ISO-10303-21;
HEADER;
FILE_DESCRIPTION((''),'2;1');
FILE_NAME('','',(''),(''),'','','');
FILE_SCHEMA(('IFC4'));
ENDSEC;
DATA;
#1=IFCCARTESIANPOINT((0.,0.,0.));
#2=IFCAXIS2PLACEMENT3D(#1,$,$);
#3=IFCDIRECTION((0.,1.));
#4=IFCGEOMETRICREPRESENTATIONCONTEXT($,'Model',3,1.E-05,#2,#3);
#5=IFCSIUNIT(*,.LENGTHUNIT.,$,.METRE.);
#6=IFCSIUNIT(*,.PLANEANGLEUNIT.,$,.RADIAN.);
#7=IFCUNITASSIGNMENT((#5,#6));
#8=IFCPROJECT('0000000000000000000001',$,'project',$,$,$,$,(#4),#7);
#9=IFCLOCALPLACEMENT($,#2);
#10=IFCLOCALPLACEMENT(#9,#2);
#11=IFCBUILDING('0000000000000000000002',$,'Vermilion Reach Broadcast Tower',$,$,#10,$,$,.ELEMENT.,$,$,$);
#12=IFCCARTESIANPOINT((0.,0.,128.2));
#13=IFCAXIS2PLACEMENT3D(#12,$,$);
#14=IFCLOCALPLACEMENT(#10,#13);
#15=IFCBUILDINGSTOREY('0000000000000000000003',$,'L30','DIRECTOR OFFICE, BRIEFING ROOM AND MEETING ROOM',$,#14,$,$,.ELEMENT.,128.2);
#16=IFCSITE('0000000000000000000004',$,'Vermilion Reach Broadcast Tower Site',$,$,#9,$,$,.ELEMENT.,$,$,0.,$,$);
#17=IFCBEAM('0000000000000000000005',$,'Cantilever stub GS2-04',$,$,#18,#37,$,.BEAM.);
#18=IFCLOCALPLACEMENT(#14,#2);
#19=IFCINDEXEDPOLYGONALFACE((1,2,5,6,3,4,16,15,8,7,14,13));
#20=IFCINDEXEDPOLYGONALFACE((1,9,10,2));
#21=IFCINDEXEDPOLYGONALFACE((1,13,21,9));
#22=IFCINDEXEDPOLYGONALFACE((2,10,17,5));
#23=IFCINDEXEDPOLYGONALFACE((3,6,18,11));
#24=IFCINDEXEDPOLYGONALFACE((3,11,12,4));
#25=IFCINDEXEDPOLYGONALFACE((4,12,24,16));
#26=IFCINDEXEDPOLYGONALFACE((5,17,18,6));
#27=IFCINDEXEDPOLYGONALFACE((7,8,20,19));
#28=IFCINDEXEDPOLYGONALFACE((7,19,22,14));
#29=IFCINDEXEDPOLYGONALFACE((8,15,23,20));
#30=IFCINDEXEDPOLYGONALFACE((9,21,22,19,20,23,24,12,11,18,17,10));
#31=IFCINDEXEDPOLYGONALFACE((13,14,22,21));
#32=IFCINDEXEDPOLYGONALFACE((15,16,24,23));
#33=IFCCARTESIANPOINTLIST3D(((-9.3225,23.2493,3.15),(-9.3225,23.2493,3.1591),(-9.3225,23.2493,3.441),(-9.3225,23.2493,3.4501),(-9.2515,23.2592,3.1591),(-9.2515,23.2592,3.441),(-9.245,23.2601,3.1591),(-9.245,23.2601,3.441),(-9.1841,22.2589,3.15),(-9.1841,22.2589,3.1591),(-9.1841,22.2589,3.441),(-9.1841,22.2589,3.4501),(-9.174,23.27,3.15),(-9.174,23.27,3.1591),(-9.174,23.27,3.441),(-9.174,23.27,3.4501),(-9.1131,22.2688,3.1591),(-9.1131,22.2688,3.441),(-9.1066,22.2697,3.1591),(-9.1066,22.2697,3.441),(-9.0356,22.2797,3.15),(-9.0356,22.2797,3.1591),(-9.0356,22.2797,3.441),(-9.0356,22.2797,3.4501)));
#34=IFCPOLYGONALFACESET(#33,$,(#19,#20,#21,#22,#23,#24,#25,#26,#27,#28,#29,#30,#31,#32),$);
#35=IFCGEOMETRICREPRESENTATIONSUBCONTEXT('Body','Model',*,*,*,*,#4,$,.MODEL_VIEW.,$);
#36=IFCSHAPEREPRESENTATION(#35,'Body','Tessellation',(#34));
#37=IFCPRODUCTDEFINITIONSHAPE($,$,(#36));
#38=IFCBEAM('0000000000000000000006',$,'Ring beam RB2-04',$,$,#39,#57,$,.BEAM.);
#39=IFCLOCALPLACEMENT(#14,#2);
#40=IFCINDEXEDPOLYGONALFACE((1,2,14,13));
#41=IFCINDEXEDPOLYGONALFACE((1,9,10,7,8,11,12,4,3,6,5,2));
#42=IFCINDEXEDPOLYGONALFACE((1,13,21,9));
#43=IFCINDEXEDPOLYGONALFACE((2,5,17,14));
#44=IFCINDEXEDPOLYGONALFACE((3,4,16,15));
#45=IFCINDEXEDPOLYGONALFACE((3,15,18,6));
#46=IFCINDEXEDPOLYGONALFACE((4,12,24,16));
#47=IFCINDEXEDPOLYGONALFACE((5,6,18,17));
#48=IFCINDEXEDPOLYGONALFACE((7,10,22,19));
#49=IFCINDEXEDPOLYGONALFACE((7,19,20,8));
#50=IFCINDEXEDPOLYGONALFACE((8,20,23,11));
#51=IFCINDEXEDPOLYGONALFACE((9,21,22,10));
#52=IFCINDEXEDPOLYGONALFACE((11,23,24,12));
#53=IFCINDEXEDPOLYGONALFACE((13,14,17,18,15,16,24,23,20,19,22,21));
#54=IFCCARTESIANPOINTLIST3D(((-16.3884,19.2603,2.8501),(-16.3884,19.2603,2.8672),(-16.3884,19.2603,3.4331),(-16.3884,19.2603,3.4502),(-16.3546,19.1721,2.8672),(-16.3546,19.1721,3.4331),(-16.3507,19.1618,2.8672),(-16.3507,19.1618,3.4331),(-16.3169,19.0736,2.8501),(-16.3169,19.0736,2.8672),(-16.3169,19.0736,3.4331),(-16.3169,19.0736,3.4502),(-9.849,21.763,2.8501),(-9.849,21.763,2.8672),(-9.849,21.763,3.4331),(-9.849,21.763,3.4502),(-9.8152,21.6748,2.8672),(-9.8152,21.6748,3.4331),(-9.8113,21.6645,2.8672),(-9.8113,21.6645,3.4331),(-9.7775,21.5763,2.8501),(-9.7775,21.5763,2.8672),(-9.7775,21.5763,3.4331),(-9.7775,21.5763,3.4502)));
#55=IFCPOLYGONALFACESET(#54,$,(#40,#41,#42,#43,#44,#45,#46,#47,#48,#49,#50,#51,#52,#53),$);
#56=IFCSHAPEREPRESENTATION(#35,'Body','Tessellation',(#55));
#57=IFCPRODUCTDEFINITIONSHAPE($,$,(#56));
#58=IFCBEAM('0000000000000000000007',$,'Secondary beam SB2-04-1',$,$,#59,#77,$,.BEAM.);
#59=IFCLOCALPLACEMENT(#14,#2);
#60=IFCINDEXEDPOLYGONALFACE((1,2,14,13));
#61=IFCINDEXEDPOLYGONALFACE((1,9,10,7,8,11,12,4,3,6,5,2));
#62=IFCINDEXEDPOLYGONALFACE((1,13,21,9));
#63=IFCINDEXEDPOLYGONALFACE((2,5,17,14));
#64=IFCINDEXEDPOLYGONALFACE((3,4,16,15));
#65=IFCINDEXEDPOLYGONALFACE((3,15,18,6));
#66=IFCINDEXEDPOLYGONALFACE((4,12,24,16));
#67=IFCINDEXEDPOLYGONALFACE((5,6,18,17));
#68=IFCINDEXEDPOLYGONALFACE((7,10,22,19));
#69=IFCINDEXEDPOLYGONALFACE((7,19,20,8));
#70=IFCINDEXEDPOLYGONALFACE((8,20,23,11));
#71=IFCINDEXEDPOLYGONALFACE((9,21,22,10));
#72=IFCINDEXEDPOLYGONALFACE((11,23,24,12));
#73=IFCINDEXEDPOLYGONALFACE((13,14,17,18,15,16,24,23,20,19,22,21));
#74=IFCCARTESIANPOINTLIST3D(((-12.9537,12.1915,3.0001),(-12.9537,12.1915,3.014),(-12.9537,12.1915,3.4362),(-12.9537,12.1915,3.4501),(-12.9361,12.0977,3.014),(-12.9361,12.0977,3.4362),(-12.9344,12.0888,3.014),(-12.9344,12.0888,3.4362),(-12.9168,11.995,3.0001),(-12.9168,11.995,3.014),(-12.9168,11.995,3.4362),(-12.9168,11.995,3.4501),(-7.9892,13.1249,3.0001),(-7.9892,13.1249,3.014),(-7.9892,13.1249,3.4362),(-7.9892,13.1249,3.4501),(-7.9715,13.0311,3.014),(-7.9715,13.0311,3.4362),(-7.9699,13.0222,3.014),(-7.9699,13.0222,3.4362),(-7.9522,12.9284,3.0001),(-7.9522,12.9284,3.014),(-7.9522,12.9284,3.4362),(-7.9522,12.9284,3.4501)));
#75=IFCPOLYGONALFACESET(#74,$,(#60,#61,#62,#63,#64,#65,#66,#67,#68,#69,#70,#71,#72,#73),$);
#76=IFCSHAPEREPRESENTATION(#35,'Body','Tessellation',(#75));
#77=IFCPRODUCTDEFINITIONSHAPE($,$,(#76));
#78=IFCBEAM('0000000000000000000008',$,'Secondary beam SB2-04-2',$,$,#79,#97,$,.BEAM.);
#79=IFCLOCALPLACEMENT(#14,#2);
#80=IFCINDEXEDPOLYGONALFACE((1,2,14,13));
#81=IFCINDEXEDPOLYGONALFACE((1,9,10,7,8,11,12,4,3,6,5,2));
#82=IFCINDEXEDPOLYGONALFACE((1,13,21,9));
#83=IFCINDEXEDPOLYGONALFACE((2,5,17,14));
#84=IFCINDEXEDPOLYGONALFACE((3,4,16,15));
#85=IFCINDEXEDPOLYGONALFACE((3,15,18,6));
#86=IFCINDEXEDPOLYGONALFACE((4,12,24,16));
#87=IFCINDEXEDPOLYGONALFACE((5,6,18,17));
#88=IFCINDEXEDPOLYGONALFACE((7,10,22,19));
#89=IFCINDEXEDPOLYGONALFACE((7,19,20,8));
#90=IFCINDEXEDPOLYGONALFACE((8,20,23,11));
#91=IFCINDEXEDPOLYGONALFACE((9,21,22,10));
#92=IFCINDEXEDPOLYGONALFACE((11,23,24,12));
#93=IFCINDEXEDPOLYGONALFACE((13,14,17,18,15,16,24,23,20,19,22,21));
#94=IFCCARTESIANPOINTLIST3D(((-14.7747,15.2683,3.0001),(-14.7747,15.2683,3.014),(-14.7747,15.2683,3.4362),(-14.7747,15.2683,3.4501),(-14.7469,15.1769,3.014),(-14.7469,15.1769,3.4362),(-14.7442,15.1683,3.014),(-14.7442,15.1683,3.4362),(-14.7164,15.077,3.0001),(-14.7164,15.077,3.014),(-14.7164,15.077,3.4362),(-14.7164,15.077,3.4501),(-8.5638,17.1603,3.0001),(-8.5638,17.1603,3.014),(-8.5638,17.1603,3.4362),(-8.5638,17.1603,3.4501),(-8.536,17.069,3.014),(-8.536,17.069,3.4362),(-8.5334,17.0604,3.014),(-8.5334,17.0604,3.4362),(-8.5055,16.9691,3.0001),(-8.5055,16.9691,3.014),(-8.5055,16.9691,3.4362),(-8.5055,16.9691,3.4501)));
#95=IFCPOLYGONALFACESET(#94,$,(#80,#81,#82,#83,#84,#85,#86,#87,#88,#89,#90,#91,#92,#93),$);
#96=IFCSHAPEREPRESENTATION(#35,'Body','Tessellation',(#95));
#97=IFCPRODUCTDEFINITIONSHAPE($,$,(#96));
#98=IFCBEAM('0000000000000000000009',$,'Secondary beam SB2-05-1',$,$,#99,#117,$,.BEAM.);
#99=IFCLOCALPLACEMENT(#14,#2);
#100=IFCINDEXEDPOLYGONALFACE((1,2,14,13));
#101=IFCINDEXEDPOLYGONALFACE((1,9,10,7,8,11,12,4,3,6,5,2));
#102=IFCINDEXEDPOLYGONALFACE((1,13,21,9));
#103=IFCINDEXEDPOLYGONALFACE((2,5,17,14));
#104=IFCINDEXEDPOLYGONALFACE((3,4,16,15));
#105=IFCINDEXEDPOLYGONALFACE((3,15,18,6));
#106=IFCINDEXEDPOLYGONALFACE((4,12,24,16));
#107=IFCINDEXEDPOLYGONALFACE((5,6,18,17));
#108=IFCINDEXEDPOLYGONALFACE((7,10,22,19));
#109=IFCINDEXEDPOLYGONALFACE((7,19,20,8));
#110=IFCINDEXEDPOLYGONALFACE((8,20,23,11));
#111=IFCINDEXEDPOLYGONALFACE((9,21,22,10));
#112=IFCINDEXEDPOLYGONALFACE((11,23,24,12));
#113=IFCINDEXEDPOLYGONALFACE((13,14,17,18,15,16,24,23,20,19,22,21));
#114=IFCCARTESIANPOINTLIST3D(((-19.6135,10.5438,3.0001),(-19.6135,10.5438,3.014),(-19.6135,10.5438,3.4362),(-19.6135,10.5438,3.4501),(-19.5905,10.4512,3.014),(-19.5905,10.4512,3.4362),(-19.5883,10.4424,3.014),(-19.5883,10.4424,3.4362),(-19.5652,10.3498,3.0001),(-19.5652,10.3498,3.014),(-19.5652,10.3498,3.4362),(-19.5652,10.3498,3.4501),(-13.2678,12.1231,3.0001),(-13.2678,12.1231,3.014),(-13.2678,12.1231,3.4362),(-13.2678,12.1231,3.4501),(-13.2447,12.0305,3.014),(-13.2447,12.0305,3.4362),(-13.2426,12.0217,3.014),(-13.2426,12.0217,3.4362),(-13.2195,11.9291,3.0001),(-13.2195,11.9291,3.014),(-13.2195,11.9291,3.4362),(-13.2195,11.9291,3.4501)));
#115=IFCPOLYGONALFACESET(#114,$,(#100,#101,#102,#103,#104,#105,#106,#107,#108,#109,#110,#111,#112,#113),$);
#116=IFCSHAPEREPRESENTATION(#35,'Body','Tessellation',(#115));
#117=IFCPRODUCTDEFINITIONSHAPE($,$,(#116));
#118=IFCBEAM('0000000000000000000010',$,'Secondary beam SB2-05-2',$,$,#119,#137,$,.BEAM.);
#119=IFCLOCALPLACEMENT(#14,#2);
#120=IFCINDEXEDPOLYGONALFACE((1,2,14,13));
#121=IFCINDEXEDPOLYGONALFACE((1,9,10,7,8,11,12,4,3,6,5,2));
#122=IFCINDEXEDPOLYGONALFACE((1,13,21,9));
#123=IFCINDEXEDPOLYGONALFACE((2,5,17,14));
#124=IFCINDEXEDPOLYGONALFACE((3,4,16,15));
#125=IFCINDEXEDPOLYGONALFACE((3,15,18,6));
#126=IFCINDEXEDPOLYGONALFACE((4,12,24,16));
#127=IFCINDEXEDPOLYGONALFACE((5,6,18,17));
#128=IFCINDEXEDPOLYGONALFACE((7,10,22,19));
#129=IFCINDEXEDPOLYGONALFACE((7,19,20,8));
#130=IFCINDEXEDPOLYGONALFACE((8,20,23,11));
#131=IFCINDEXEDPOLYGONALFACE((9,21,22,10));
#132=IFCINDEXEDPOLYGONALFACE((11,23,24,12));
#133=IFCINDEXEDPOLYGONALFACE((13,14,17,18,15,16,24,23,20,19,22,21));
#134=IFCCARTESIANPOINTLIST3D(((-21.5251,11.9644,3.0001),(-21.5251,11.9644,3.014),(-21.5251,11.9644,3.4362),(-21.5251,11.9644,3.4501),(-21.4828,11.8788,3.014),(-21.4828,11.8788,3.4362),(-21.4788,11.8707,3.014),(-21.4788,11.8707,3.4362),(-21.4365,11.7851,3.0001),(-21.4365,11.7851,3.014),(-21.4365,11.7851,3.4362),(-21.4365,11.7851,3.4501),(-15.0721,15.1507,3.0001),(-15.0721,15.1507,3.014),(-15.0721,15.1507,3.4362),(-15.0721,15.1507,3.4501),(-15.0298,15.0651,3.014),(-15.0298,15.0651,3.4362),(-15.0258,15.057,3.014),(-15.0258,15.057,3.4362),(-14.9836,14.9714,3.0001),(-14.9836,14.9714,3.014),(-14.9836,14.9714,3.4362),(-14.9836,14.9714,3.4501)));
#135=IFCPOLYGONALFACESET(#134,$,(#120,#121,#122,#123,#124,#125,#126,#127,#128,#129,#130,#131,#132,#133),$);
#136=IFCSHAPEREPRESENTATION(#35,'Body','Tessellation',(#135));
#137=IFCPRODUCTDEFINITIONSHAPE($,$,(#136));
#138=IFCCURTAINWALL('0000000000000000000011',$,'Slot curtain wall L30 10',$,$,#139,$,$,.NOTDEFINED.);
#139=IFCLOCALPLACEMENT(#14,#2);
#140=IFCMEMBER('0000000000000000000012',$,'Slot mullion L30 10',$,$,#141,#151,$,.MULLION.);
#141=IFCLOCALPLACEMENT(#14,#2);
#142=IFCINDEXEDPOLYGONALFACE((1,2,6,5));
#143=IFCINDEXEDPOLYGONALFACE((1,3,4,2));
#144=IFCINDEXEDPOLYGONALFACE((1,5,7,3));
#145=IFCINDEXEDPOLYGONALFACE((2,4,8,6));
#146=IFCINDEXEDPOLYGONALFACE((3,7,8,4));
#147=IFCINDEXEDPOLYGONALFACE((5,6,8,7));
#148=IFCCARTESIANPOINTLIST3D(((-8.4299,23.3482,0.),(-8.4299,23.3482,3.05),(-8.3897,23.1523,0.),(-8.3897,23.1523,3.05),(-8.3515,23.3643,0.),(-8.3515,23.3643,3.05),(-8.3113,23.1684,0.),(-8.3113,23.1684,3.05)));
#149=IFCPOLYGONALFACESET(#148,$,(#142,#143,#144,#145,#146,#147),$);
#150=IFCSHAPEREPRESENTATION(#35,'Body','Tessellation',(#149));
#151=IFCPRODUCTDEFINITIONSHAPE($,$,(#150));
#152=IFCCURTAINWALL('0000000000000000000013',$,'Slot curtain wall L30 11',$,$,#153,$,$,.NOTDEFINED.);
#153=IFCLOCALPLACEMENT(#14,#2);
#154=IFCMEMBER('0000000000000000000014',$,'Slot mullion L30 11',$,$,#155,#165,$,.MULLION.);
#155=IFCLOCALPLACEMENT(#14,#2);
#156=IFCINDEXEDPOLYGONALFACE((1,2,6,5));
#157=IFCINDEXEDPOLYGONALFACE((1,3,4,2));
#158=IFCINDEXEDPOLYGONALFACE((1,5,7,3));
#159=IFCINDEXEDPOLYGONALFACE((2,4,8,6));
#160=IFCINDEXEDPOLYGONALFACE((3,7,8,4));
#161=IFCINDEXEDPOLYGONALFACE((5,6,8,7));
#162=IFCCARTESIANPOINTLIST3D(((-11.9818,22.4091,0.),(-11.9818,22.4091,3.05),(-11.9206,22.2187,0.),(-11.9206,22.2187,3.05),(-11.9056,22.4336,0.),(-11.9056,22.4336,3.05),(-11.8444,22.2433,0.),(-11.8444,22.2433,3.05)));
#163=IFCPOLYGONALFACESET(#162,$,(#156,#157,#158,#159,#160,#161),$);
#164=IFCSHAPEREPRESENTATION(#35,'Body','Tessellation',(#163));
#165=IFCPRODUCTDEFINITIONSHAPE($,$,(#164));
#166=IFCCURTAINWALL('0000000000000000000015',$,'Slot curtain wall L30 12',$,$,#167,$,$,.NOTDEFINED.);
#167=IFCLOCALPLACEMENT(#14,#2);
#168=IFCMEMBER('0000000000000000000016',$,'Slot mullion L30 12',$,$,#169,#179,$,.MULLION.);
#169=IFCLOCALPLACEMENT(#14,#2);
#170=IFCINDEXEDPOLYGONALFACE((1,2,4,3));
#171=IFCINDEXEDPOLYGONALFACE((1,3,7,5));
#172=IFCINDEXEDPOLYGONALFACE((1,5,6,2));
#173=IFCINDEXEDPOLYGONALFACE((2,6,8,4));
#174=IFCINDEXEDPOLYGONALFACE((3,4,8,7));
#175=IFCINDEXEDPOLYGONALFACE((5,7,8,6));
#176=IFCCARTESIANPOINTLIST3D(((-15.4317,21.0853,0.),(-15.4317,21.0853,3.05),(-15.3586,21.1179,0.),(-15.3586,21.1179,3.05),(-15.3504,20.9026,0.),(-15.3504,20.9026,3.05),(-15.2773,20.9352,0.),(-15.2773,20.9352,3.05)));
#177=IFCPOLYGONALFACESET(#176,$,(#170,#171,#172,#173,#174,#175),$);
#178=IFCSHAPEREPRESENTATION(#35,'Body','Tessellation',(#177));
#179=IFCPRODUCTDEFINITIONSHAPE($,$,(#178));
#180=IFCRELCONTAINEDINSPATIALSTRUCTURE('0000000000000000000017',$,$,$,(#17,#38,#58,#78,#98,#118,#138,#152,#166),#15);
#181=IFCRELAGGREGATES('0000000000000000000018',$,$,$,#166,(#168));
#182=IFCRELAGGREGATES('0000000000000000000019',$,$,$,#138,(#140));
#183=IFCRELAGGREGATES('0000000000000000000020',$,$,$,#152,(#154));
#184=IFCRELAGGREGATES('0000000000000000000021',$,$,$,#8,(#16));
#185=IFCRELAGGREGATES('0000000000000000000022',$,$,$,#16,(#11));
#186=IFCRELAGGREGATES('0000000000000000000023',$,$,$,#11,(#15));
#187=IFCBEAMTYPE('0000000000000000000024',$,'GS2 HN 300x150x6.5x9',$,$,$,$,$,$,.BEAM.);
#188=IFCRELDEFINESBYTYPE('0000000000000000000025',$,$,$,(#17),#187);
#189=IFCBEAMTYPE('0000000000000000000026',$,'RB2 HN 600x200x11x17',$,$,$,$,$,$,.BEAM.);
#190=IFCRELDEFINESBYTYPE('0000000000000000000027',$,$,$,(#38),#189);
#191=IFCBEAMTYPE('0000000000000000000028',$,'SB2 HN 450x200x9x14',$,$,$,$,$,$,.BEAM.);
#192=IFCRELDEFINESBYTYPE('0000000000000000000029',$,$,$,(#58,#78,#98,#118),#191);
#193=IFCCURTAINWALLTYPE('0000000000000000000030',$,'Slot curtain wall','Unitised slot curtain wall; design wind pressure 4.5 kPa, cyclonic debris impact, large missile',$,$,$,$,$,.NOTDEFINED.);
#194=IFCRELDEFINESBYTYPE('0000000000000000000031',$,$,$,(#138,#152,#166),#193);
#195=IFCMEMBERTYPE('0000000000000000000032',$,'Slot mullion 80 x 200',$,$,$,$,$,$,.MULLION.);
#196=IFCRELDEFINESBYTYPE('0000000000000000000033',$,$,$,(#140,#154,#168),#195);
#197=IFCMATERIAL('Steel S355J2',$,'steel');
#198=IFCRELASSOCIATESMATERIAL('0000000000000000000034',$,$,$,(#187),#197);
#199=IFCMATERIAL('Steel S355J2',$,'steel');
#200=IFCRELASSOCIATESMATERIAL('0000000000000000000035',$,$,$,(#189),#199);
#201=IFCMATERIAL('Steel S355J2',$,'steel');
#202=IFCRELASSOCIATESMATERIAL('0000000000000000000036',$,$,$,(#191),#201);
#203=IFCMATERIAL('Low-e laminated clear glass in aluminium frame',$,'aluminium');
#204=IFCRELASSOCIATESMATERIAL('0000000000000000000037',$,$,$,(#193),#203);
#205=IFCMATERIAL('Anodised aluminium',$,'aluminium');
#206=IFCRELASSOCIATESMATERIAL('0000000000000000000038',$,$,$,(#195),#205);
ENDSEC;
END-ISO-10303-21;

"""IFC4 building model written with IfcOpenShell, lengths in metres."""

from ifc_helpers import new_model, si_unit, direction, frame, origin, origin_2d, place, context, subcontext, project, spatial, rectangle, i_section, extrude, material, material_profile, profile_set, type_object, element, aggregate, save


model = new_model("IFC4")

# Units and contexts
model_context = context("Model", 3, precision=1e-05, world=origin(), true_north=direction((0.0, 1.0)))
body_context = subcontext(model_context, "Body", "Model", "MODEL_VIEW")
ifc_project = project(units=[si_unit("LENGTHUNIT", "METRE"), si_unit("PLANEANGLEUNIT", "RADIAN")], contexts=[model_context])

# Site, building, storey
site_placement = place(None, origin())
site = spatial("IfcSite", under=ifc_project, at=site_placement, Name="Vermilion Reach Broadcast Tower Site", CompositionType="ELEMENT", RefElevation=0.0)
building_placement = place(site_placement, origin())
building = spatial("IfcBuilding", under=site, at=building_placement, Name="Vermilion Reach Broadcast Tower", CompositionType="ELEMENT")
storey_placement = place(building_placement, frame((0.0, 0.0, 128.2)))
storey = spatial("IfcBuildingStorey", under=building, at=storey_placement, Name="L30", Description="DIRECTOR OFFICE, BRIEFING ROOM AND MEETING ROOM", CompositionType="ELEMENT", Elevation=128.2)

# Beams
ifc_material_1 = material(Name="Steel S355J2", Category="steel")
ifc_material_profile_1 = material_profile(ifc_material_1, i_section(OverallWidth=0.1499, OverallDepth=0.3, WebThickness=0.0066, FlangeThickness=0.009, at=origin_2d()), Name="S355J2 HN 300x150x6.5x9")
ifc_profile_set_1 = profile_set([ifc_material_profile_1], Name="Steel S355J2")
beam_type_1 = type_object("IfcBeamType", Name="GS2 HN 300x150x6.5x9", PredefinedType="BEAM", material=ifc_profile_set_1)
beam_1_placement = place(storey_placement, frame((-9.1099, 22.2693, 3.3), z_axis=(-0.138413, 0.990375, 0.0), x_axis=(-0.990375, -0.138413, 0.0)))
element("IfcBeam", 1, at=beam_1_placement, inside=storey, type_object=beam_type_1, Name="Cantilever stub GS2-04", PredefinedType="BEAM", context=body_context, shape_type="SweptSolid", body=[
    extrude(i_section(OverallWidth=0.1499, OverallDepth=0.3, WebThickness=0.0066, FlangeThickness=0.009, at=origin_2d()), origin(), (0.0, 0.0, 1.0), 1.0),
])
ifc_material_2 = material(Name="Steel S355J2", Category="steel")
ifc_material_profile_2 = material_profile(ifc_material_2, i_section(OverallWidth=0.2, OverallDepth=0.6001, WebThickness=0.011, FlangeThickness=0.0171, at=origin_2d()), Name="S355J2 HN 600x200x11x17")
ifc_profile_set_2 = profile_set([ifc_material_profile_2], Name="Steel S355J2")
beam_type_2 = type_object("IfcBeamType", Name="RB2 HN 600x200x11x17", PredefinedType="BEAM", material=ifc_profile_set_2)
beam_2_placement = place(storey_placement, frame((-9.8132, 21.6697, 3.1501), z_axis=(-0.933939, -0.357432, 0.0), x_axis=(0.357432, -0.933939, 0.0)))
element("IfcBeam", 2, at=beam_2_placement, inside=storey, type_object=beam_type_2, Name="Ring beam RB2-04", PredefinedType="BEAM", context=body_context, shape_type="SweptSolid", body=[
    extrude(i_section(OverallWidth=0.2, OverallDepth=0.6001, WebThickness=0.011, FlangeThickness=0.0171, at=origin_2d()), origin(), (0.0, 0.0, 1.0), 7.002),
])
ifc_material_3 = material(Name="Steel S355J2", Category="steel")
ifc_material_profile_3 = material_profile(ifc_material_3, i_section(OverallWidth=0.2, OverallDepth=0.45, WebThickness=0.009, FlangeThickness=0.0139, at=origin_2d()), Name="S355J2 HN 450x200x9x14")
ifc_profile_set_3 = profile_set([ifc_material_profile_3], Name="Steel S355J2")
beam_type_3 = type_object("IfcBeamType", Name="SB2 HN 450x200x9x14", PredefinedType="BEAM", material=ifc_profile_set_3)
beam_3_placement = place(storey_placement, frame((-7.9707, 13.0266, 3.2251), z_axis=(-0.982783, -0.184764, 0.0), x_axis=(0.184764, -0.982783, 0.0)))
element("IfcBeam", 3, at=beam_3_placement, inside=storey, type_object=beam_type_3, Name="Secondary beam SB2-04-1", PredefinedType="BEAM", context=body_context, shape_type="SweptSolid", body=[
    extrude(i_section(OverallWidth=0.2, OverallDepth=0.45, WebThickness=0.009, FlangeThickness=0.0139, at=origin_2d()), origin(), (0.0, 0.0, 1.0), 5.0515),
])
beam_4_placement = place(storey_placement, frame((-8.5347, 17.0647, 3.2251), z_axis=(-0.956596, -0.291416, 0.0), x_axis=(0.291416, -0.956596, 0.0)))
element("IfcBeam", 4, at=beam_4_placement, inside=storey, type_object=beam_type_3, Name="Secondary beam SB2-04-2", PredefinedType="BEAM", context=body_context, shape_type="SweptSolid", body=[
    extrude(i_section(OverallWidth=0.2, OverallDepth=0.45, WebThickness=0.009, FlangeThickness=0.0139, at=origin_2d()), origin(), (0.0, 0.0, 1.0), 6.4927),
])
beam_5_placement = place(storey_placement, frame((-13.2437, 12.0261, 3.2251), z_axis=(-0.970397, -0.241516, 0.0), x_axis=(0.241516, -0.970397, 0.0)))
element("IfcBeam", 5, at=beam_5_placement, inside=storey, type_object=beam_type_3, Name="Secondary beam SB2-05-1", PredefinedType="BEAM", context=body_context, shape_type="SweptSolid", body=[
    extrude(i_section(OverallWidth=0.2, OverallDepth=0.45, WebThickness=0.009, FlangeThickness=0.0139, at=origin_2d()), origin(), (0.0, 0.0, 1.0), 6.5393),
])
beam_6_placement = place(storey_placement, frame((-15.0278, 15.061, 3.2251), z_axis=(-0.896648, -0.442744, 0.0), x_axis=(0.442744, -0.896648, 0.0)))
element("IfcBeam", 6, at=beam_6_placement, inside=storey, type_object=beam_type_3, Name="Secondary beam SB2-05-2", PredefinedType="BEAM", context=body_context, shape_type="SweptSolid", body=[
    extrude(i_section(OverallWidth=0.2, OverallDepth=0.45, WebThickness=0.009, FlangeThickness=0.0139, at=origin_2d()), origin(), (0.0, 0.0, 1.0), 7.1968),
])

# Curtain walls, members
ifc_material_4 = material(Name="Low-e laminated clear glass in aluminium frame", Category="aluminium")
curtain_wall_type = type_object("IfcCurtainWallType", Name="Slot curtain wall", Description="Unitised slot curtain wall; design wind pressure 4.5 kPa, cyclonic debris impact, large missile", PredefinedType="NOTDEFINED", material=ifc_material_4)
placement = place(storey_placement, origin())
curtain_wall_1 = element("IfcCurtainWall", 7, at=placement, inside=storey, type_object=curtain_wall_type, Name="Slot curtain wall L30 10", PredefinedType="NOTDEFINED")
ifc_material_5 = material(Name="Anodised aluminium", Category="aluminium")
ifc_material_profile_4 = material_profile(ifc_material_5, rectangle(XDim=0.2, YDim=0.0801, at=origin_2d()), Name="Slot mullion 80 x 200")
ifc_profile_set_4 = profile_set([ifc_material_profile_4], Name="Anodised aluminium")
member_type_1 = type_object("IfcMemberType", Name="Slot mullion 80 x 200", PredefinedType="MULLION", material=ifc_profile_set_4)
member_1_placement = place(storey_placement, frame((-8.3706, 23.2583, 0.0), z_axis=(0.0, 0.0, 1.0), x_axis=(0.201061, -0.979579, 0.0)))
member_1 = element("IfcMember", 8, at=member_1_placement, type_object=member_type_1, Name="Slot mullion L30 10", PredefinedType="MULLION", context=body_context, shape_type="SweptSolid", body=[
    extrude(rectangle(XDim=0.2, YDim=0.0801, at=origin_2d()), origin(), (0.0, 0.0, 1.0), 3.05),
])
curtain_wall_2 = element("IfcCurtainWall", 9, at=placement, inside=storey, type_object=curtain_wall_type, Name="Slot curtain wall L30 11", PredefinedType="NOTDEFINED")
member_2_placement = place(storey_placement, frame((-11.9131, 22.3262, 0.0), z_axis=(0.0, 0.0, 1.0), x_axis=(0.306261, -0.951947, 0.0)))
member_2 = element("IfcMember", 10, at=member_2_placement, type_object=member_type_1, Name="Slot mullion L30 11", PredefinedType="MULLION", context=body_context, shape_type="SweptSolid", body=[
    extrude(rectangle(XDim=0.2, YDim=0.0801, at=origin_2d()), origin(), (0.0, 0.0, 1.0), 3.05),
])
curtain_wall_3 = element("IfcCurtainWall", 11, at=placement, inside=storey, type_object=curtain_wall_type, Name="Slot curtain wall L30 12", PredefinedType="NOTDEFINED")
member_3_placement = place(storey_placement, frame((-15.3545, 21.0103, 0.0), z_axis=(0.0, 0.0, 1.0), x_axis=(0.406737, -0.913545, 0.0)))
member_3 = element("IfcMember", 12, at=member_3_placement, type_object=member_type_1, Name="Slot mullion L30 12", PredefinedType="MULLION", context=body_context, shape_type="SweptSolid", body=[
    extrude(rectangle(XDim=0.2, YDim=0.0801, at=origin_2d()), origin(), (0.0, 0.0, 1.0), 3.05),
])
aggregate(curtain_wall_3, [member_3])

aggregate(curtain_wall_1, [member_1])
aggregate(curtain_wall_2, [member_2])

save(model, "model.ifc")
